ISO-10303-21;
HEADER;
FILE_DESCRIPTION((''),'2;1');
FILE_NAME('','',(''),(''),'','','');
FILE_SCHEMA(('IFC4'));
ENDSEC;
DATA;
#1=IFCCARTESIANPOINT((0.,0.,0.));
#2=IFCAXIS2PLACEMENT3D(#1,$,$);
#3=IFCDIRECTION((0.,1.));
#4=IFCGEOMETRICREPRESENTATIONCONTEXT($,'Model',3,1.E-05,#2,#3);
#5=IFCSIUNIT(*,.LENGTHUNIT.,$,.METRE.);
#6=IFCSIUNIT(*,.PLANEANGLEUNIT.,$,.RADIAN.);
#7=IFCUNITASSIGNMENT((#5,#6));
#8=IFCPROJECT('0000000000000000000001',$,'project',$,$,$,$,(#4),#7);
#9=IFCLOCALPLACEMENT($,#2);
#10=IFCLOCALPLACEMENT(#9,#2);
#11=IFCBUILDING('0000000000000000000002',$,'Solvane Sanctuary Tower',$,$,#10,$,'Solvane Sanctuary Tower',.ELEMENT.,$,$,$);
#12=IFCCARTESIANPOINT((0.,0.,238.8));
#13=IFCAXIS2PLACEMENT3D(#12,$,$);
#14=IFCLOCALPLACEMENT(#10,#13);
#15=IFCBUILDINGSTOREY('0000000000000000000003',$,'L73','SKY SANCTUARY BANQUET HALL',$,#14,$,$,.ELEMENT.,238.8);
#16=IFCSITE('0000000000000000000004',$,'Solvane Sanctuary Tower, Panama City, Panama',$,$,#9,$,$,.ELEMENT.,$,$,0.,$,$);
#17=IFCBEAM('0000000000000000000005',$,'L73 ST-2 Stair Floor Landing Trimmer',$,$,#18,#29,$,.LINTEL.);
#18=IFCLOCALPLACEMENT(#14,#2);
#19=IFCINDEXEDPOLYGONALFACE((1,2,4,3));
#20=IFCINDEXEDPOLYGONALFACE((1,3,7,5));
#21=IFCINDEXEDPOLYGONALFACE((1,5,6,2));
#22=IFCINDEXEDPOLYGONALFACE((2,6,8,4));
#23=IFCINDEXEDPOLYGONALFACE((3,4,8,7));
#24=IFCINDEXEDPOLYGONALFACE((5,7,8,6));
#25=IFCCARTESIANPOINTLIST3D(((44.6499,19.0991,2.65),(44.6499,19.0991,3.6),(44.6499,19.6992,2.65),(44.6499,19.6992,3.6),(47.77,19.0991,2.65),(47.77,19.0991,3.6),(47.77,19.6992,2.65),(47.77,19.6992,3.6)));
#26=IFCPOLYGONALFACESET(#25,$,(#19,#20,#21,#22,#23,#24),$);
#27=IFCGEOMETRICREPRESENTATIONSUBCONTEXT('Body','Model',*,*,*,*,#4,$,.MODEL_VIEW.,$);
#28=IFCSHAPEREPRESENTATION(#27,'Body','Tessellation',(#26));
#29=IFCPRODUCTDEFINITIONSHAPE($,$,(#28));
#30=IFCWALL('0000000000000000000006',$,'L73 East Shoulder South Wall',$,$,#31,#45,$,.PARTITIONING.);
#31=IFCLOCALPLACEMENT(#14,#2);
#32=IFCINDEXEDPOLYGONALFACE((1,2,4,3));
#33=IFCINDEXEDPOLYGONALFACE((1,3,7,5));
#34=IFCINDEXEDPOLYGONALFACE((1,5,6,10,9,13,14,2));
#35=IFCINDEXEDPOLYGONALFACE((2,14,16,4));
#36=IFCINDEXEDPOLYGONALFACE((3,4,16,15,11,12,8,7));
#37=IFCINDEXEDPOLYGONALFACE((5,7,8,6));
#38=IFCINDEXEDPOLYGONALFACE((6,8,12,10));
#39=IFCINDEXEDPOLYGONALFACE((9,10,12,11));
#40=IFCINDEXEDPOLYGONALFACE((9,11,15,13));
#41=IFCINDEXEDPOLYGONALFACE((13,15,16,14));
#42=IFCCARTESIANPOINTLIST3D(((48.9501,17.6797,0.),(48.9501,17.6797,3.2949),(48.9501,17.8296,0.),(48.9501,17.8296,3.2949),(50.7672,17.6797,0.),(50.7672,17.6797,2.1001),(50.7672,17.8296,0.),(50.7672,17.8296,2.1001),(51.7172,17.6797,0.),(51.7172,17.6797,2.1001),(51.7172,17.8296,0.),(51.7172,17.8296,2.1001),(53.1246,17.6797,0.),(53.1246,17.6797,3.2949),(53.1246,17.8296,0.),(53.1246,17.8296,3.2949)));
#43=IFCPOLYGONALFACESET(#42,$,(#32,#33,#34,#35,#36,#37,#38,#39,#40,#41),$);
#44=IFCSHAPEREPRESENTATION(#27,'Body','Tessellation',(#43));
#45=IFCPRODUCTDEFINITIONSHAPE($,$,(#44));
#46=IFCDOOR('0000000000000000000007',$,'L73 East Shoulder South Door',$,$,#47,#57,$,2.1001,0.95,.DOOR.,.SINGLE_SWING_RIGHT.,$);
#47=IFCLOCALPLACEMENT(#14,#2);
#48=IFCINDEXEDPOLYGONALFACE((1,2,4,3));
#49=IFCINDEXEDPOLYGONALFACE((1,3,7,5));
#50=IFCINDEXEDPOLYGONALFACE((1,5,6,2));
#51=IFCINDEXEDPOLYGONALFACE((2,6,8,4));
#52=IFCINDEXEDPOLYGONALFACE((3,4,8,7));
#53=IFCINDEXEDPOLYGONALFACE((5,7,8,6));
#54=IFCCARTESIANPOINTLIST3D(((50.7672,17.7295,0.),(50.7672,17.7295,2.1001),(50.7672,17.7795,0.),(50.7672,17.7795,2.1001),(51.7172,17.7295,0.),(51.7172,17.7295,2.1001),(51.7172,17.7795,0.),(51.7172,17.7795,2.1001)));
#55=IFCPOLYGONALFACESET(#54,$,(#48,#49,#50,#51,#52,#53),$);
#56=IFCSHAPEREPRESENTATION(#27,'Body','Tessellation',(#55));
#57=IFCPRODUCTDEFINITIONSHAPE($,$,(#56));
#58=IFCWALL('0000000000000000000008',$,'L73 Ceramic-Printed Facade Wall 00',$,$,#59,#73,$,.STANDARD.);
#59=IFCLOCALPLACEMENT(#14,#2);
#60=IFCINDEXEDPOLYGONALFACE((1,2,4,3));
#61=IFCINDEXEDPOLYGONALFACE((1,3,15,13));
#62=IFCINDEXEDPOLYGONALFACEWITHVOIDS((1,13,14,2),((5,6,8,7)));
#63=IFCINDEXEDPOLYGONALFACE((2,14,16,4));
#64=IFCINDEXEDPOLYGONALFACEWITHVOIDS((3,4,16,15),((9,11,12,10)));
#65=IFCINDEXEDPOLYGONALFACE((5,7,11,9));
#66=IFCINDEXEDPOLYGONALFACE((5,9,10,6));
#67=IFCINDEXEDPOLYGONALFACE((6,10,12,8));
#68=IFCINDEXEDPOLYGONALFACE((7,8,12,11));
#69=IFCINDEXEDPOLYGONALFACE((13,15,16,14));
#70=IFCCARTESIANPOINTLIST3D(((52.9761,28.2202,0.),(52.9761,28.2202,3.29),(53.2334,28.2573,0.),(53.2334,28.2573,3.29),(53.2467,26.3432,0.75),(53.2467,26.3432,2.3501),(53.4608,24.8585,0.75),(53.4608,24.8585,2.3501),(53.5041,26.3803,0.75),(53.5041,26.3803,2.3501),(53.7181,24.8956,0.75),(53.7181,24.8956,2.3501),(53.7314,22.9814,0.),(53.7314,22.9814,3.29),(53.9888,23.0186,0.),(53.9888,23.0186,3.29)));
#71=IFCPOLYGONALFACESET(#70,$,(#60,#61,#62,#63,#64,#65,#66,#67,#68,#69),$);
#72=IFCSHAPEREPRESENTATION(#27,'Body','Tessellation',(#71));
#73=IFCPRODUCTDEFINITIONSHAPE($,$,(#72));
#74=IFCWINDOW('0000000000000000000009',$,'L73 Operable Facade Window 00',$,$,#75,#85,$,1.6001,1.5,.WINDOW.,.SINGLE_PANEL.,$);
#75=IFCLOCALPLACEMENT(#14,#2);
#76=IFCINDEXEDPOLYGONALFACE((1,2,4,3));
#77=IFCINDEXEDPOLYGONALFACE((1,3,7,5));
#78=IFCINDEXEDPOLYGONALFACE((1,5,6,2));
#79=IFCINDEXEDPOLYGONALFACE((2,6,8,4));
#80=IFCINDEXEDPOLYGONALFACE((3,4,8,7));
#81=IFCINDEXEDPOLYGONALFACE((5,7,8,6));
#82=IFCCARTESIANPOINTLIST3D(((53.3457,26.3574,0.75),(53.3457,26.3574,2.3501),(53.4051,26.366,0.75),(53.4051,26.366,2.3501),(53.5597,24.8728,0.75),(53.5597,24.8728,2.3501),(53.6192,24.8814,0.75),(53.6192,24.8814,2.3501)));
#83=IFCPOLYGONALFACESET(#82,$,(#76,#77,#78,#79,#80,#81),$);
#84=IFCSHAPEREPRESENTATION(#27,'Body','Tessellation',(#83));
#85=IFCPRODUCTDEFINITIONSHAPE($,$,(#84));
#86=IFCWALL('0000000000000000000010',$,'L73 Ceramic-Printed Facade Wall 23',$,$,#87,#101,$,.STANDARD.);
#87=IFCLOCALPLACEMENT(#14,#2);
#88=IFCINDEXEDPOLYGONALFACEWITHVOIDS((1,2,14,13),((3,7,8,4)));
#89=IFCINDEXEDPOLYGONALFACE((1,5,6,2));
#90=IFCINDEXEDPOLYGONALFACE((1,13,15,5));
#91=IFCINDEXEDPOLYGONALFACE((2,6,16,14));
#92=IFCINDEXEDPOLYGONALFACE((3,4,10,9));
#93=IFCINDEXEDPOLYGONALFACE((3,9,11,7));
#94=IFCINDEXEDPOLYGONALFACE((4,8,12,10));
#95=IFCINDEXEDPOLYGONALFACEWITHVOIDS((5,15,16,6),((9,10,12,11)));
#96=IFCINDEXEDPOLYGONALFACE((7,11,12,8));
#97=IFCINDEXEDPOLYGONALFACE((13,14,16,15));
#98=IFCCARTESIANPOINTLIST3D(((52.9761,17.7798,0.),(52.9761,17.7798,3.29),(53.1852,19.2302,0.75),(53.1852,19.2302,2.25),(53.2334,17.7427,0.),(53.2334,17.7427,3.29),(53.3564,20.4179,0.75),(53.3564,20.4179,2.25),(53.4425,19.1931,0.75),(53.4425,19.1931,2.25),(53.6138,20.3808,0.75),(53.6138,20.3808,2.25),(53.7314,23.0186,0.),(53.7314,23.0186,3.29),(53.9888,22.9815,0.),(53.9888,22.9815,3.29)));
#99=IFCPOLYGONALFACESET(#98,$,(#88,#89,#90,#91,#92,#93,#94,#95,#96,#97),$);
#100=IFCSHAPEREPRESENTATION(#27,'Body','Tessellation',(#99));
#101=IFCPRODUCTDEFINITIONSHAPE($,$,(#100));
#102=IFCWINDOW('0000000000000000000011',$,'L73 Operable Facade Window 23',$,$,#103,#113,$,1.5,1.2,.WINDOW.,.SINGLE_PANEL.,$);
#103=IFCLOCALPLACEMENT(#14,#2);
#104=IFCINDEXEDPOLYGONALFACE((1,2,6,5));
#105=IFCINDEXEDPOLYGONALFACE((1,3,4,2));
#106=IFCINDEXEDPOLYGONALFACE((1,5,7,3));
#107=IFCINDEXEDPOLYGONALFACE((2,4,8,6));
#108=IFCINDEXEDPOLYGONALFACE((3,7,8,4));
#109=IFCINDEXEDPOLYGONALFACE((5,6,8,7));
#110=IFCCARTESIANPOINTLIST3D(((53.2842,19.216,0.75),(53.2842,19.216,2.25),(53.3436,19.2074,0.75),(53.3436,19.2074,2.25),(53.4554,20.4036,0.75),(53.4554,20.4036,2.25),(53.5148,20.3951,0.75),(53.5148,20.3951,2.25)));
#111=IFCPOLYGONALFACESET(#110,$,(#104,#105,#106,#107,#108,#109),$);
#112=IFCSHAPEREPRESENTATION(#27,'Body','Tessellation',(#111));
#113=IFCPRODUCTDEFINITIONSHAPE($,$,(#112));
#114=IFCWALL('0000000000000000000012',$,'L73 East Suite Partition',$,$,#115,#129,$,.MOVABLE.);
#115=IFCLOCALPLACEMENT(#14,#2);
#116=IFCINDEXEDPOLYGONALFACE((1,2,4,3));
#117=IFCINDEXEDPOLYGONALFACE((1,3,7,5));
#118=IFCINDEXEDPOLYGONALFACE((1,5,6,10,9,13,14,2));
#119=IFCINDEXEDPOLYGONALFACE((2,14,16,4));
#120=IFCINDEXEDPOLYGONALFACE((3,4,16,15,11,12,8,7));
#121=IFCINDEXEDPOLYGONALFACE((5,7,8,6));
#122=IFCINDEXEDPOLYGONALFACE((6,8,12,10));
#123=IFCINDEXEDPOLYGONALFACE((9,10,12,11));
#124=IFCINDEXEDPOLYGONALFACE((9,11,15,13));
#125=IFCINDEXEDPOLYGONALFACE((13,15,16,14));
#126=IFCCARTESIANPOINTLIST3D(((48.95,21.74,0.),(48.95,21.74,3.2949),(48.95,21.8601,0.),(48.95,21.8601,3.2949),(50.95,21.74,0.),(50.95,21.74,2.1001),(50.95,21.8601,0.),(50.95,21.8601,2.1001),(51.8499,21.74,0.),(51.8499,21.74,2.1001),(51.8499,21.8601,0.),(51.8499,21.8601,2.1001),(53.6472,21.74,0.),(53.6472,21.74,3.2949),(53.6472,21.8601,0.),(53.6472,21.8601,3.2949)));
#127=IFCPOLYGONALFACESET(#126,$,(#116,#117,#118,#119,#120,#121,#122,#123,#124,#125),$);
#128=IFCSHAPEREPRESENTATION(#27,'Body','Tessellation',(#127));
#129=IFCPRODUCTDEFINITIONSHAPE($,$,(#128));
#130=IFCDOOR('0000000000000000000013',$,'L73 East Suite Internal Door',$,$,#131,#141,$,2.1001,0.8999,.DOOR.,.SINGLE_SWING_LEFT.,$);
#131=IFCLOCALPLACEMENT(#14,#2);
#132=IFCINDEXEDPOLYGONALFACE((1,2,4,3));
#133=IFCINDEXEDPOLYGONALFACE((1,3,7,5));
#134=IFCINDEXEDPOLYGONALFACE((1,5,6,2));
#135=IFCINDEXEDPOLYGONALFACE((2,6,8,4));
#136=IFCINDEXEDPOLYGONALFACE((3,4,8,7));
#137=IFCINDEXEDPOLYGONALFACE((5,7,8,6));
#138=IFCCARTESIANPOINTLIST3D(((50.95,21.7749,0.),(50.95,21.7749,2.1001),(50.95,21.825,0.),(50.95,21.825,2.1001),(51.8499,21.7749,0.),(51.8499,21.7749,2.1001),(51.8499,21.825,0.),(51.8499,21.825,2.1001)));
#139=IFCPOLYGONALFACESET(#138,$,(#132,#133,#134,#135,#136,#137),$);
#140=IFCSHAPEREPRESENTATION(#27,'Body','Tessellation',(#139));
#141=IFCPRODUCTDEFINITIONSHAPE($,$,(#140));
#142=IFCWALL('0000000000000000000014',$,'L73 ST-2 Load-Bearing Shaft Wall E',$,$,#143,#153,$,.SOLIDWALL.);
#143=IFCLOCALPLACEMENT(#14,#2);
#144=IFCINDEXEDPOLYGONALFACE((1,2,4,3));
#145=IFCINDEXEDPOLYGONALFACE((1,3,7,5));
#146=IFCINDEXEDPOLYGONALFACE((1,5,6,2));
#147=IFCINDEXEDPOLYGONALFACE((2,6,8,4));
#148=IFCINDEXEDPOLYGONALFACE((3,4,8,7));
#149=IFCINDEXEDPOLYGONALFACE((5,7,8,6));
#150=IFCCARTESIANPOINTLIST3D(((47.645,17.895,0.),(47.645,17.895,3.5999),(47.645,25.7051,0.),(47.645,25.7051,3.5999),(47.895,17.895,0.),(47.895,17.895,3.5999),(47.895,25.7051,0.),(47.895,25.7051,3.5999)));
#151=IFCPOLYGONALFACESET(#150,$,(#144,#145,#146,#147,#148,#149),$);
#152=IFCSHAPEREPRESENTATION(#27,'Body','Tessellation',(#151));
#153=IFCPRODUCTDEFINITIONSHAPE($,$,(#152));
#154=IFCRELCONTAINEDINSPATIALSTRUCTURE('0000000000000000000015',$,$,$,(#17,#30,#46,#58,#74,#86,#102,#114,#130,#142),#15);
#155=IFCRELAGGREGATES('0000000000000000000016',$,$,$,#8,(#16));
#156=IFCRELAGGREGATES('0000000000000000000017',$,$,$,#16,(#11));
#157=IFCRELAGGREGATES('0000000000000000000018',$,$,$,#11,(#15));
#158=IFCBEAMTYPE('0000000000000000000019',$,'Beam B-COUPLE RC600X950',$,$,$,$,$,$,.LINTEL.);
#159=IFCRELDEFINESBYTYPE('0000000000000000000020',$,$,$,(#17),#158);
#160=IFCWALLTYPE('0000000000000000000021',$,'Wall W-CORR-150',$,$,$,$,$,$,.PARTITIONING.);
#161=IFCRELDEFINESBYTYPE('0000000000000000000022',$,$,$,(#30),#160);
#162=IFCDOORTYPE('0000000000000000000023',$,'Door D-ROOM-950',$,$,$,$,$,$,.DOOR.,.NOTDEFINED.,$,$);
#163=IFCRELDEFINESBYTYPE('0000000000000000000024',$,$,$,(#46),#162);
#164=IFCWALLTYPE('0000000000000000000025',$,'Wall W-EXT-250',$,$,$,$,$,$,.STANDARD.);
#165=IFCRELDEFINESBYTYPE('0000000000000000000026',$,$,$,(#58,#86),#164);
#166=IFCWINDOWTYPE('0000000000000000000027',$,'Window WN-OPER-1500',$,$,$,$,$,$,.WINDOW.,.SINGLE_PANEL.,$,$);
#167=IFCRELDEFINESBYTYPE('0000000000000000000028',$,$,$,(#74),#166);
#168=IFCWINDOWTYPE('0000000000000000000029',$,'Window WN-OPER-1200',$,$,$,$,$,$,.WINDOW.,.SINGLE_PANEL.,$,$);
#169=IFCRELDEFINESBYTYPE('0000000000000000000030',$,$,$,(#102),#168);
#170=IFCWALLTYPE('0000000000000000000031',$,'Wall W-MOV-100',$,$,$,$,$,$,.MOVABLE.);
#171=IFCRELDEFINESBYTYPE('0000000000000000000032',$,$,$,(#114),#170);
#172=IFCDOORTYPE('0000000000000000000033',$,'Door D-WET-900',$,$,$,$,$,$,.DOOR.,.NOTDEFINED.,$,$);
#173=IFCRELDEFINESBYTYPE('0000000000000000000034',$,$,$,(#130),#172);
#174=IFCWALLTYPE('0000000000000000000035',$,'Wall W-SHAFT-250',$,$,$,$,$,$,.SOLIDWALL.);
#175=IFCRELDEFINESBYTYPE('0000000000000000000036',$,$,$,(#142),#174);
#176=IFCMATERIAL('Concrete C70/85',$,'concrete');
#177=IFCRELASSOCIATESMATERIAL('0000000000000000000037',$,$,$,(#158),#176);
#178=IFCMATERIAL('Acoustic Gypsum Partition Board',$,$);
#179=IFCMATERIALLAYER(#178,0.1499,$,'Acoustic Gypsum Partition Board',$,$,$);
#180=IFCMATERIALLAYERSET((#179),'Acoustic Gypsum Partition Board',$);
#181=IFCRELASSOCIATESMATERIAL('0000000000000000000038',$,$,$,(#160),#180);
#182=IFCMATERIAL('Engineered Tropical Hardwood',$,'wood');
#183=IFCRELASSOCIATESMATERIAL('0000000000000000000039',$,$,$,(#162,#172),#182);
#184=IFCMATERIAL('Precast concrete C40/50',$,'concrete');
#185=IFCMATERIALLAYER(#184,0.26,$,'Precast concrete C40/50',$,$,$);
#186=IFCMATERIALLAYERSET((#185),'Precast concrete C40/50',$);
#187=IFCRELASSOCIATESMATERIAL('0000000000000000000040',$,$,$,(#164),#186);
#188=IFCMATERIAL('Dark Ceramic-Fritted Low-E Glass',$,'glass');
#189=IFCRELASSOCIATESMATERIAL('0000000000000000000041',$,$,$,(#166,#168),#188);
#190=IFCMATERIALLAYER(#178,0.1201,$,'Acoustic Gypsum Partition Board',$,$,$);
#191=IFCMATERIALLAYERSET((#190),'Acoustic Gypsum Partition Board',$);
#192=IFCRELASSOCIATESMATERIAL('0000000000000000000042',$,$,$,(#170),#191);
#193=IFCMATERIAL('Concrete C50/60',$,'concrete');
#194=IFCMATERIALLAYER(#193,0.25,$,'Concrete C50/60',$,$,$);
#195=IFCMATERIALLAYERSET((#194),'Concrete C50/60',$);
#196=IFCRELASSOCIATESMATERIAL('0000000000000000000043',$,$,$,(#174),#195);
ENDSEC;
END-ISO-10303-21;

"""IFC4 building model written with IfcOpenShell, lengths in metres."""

from ifc_helpers import new_model, si_unit, direction, frame, frame_2d, origin, origin_2d, place, context, subcontext, project, spatial, rectangle, extrude, material, layer, layer_set, material_profile, profile_set, type_object, element, fill, save


model = new_model("IFC4")

# Units and contexts
model_context = context("Model", 3, precision=1e-05, world=origin(), true_north=direction((0.0, 1.0)))
body_context = subcontext(model_context, "Body", "Model", "MODEL_VIEW")
ifc_project = project(units=[si_unit("LENGTHUNIT", "METRE"), si_unit("PLANEANGLEUNIT", "RADIAN")], contexts=[model_context])

# Site, building, storey
site_placement = place(None, origin())
site = spatial("IfcSite", under=ifc_project, at=site_placement, Name="Solvane Sanctuary Tower, Panama City, Panama", CompositionType="ELEMENT", RefElevation=0.0)
building_placement = place(site_placement, origin())
building = spatial("IfcBuilding", under=site, at=building_placement, Name="Solvane Sanctuary Tower", LongName="Solvane Sanctuary Tower", CompositionType="ELEMENT")
storey_placement = place(building_placement, frame((0.0, 0.0, 238.8)))
storey = spatial("IfcBuildingStorey", under=building, at=storey_placement, Name="L73", Description="SKY SANCTUARY BANQUET HALL", CompositionType="ELEMENT", Elevation=238.8)

# Beam
ifc_material_1 = material(Name="Concrete C70/85", Category="concrete")
ifc_material_profile = material_profile(ifc_material_1, rectangle(XDim=0.6001, YDim=0.95, at=origin_2d()), Name="RC600X950")
ifc_profile_set = profile_set([ifc_material_profile], Name="Concrete C70/85")
beam_type = type_object("IfcBeamType", Name="Beam B-COUPLE RC600X950", PredefinedType="LINTEL", material=ifc_profile_set)
beam_placement = place(storey_placement, frame((44.6499, 19.3992, 3.125), z_axis=(1.0, 0.0, 0.0), x_axis=(0.0, 1.0, 0.0)))
element("IfcBeam", 1, at=beam_placement, inside=storey, type_object=beam_type, Name="L73 ST-2 Stair Floor Landing Trimmer", PredefinedType="LINTEL", context=body_context, shape_type="SweptSolid", body=[
    extrude(rectangle(XDim=0.6001, YDim=0.95, at=origin_2d()), origin(), (0.0, 0.0, 1.0), 3.1201),
])

# Wall, opening, door
ifc_material_2 = material(Name="Acoustic Gypsum Partition Board")
ifc_layer_1 = layer(ifc_material_2, 0.1499, Name="Acoustic Gypsum Partition Board")
ifc_layer_set_1 = layer_set([ifc_layer_1], Name="Acoustic Gypsum Partition Board")
wall_type_1 = type_object("IfcWallType", Name="Wall W-CORR-150", PredefinedType="PARTITIONING", material=ifc_layer_set_1)
wall_1_placement = place(storey_placement, frame((48.95, 17.7546, 0.0), z_axis=(0.0, 0.0, 1.0), x_axis=(1.0, 0.0, 0.0)))
wall_1 = element("IfcWall", 2, at=wall_1_placement, inside=storey, type_object=wall_type_1, Name="L73 East Shoulder South Wall", PredefinedType="PARTITIONING", context=body_context, shape_type="SweptSolid", body=[
    extrude(rectangle(XDim=4.1746, YDim=0.1499, at=frame_2d((2.0874, 0.0))), origin(), (0.0, 0.0, 1.0), 3.2949),
])
opening_1_placement = place(wall_1_placement, frame((1.8171, 0.0, 0.0)))
opening_1 = element("IfcOpeningElement", 3, at=opening_1_placement, cuts=wall_1, PredefinedType="OPENING", context=body_context, shape_type="SweptSolid", body=[
    extrude(rectangle(XDim=0.95, YDim=2.1001, at=frame_2d((0.4751, 1.05))), frame((0.0, 0.085, 0.0), z_axis=(0.0, -1.0, 0.0), x_axis=(1.0, 0.0, 0.0)), (0.0, 0.0, 1.0), 0.1699),
])
ifc_material_3 = material(Name="Engineered Tropical Hardwood", Category="wood")
door_type_1 = type_object("IfcDoorType", Name="Door D-ROOM-950", OperationType="NOTDEFINED", PredefinedType="DOOR", material=ifc_material_3)
door_1_placement = place(opening_1_placement, origin())
door_1 = element("IfcDoor", 4, at=door_1_placement, inside=storey, type_object=door_type_1, Name="L73 East Shoulder South Door", OperationType="SINGLE_SWING_RIGHT", OverallHeight=2.1001, OverallWidth=0.95, PredefinedType="DOOR", context=body_context, shape_type="SweptSolid", body=[
    extrude(rectangle(XDim=0.95, YDim=2.1001, at=frame_2d((0.4751, 1.05))), frame((0.0, 0.0249, 0.0), z_axis=(0.0, -1.0, 0.0), x_axis=(1.0, 0.0, 0.0)), (0.0, 0.0, 1.0), 0.05),
])
fill(opening_1, door_1)

# Walls, openings, windows
ifc_material_4 = material(Name="Precast concrete C40/50", Category="concrete")
ifc_layer_2 = layer(ifc_material_4, 0.26, Name="Precast concrete C40/50")
ifc_layer_set_2 = layer_set([ifc_layer_2], Name="Precast concrete C40/50")
wall_type_2 = type_object("IfcWallType", Name="Wall W-EXT-250", PredefinedType="STANDARD", material=ifc_layer_set_2)
wall_2_placement = place(storey_placement, frame((53.8601, 23.0, 0.0), z_axis=(0.0, 0.0, 1.0), x_axis=(-0.142713, 0.989764, 0.0)))
wall_2 = element("IfcWall", 5, at=wall_2_placement, inside=storey, type_object=wall_type_2, Name="L73 Ceramic-Printed Facade Wall 00", PredefinedType="STANDARD", context=body_context, shape_type="SweptSolid", body=[
    extrude(rectangle(XDim=5.293, YDim=0.26, at=frame_2d((2.6465, 0.0))), origin(), (0.0, 0.0, 1.0), 3.29),
])
opening_2_placement = place(wall_2_placement, frame((1.8965, 0.0, 0.75)))
opening_2 = element("IfcOpeningElement", 6, at=opening_2_placement, cuts=wall_2, PredefinedType="OPENING", context=body_context, shape_type="SweptSolid", body=[
    extrude(rectangle(XDim=1.5, YDim=1.6001, at=frame_2d((0.75, 0.8))), frame((0.0, 0.1399, 0.0), z_axis=(0.0, -1.0, 0.0), x_axis=(1.0, 0.0, 0.0)), (0.0, 0.0, 1.0), 0.28),
])
ifc_material_5 = material(Name="Dark Ceramic-Fritted Low-E Glass", Category="glass")
window_type_1 = type_object("IfcWindowType", Name="Window WN-OPER-1500", PartitioningType="SINGLE_PANEL", PredefinedType="WINDOW", material=ifc_material_5)
window_1_placement = place(opening_2_placement, origin())
window_1 = element("IfcWindow", 7, at=window_1_placement, inside=storey, type_object=window_type_1, Name="L73 Operable Facade Window 00", OverallHeight=1.6001, OverallWidth=1.5, PartitioningType="SINGLE_PANEL", PredefinedType="WINDOW", context=body_context, shape_type="SweptSolid", body=[
    extrude(rectangle(XDim=1.5, YDim=1.6001, at=frame_2d((0.75, 0.8))), frame((0.0, 0.03, 0.0), z_axis=(0.0, -1.0, 0.0), x_axis=(1.0, 0.0, 0.0)), (0.0, 0.0, 1.0), 0.0601),
])
fill(opening_2, window_1)
wall_3_placement = place(storey_placement, frame((53.1047, 17.7612, 0.0), z_axis=(0.0, 0.0, 1.0), x_axis=(0.142713, 0.989764, 0.0)))
wall_3 = element("IfcWall", 8, at=wall_3_placement, inside=storey, type_object=wall_type_2, Name="L73 Ceramic-Printed Facade Wall 23", PredefinedType="STANDARD", context=body_context, shape_type="SweptSolid", body=[
    extrude(rectangle(XDim=5.293, YDim=0.26, at=frame_2d((2.6465, 0.0))), origin(), (0.0, 0.0, 1.0), 3.29),
])
opening_3_placement = place(wall_3_placement, frame((1.4653, 0.0, 0.75)))
opening_3 = element("IfcOpeningElement", 9, at=opening_3_placement, cuts=wall_3, PredefinedType="OPENING", context=body_context, shape_type="SweptSolid", body=[
    extrude(rectangle(XDim=1.2, YDim=1.5, at=frame_2d((0.6001, 0.75))), frame((0.0, 0.1399, 0.0), z_axis=(0.0, -1.0, 0.0), x_axis=(1.0, 0.0, 0.0)), (0.0, 0.0, 1.0), 0.28),
])
window_type_2 = type_object("IfcWindowType", Name="Window WN-OPER-1200", PartitioningType="SINGLE_PANEL", PredefinedType="WINDOW", material=ifc_material_5)
window_2_placement = place(opening_3_placement, origin())
window_2 = element("IfcWindow", 10, at=window_2_placement, inside=storey, type_object=window_type_2, Name="L73 Operable Facade Window 23", OverallHeight=1.5, OverallWidth=1.2, PartitioningType="SINGLE_PANEL", PredefinedType="WINDOW", context=body_context, shape_type="SweptSolid", body=[
    extrude(rectangle(XDim=1.2, YDim=1.5, at=frame_2d((0.6001, 0.75))), frame((0.0, 0.03, 0.0), z_axis=(0.0, -1.0, 0.0), x_axis=(1.0, 0.0, 0.0)), (0.0, 0.0, 1.0), 0.0601),
])
fill(opening_3, window_2)

# Wall, opening, door
ifc_layer_3 = layer(ifc_material_2, 0.1201, Name="Acoustic Gypsum Partition Board")
ifc_layer_set_3 = layer_set([ifc_layer_3], Name="Acoustic Gypsum Partition Board")
wall_type_3 = type_object("IfcWallType", Name="Wall W-MOV-100", PredefinedType="MOVABLE", material=ifc_layer_set_3)
wall_4_placement = place(storey_placement, frame((48.95, 21.8, 0.0), z_axis=(0.0, 0.0, 1.0), x_axis=(1.0, 0.0, 0.0)))
wall_4 = element("IfcWall", 11, at=wall_4_placement, inside=storey, type_object=wall_type_3, Name="L73 East Suite Partition", PredefinedType="MOVABLE", context=body_context, shape_type="SweptSolid", body=[
    extrude(rectangle(XDim=4.6973, YDim=0.1201, at=frame_2d((2.3486, 0.0))), origin(), (0.0, 0.0, 1.0), 3.2949),
])
opening_4_placement = place(wall_4_placement, frame((2.0, 0.0, 0.0)))
opening_4 = element("IfcOpeningElement", 12, at=opening_4_placement, cuts=wall_4, PredefinedType="OPENING", context=body_context, shape_type="SweptSolid", body=[
    extrude(rectangle(XDim=0.8999, YDim=2.1001, at=frame_2d((0.45, 1.05))), frame((0.0, 0.0701, 0.0), z_axis=(0.0, -1.0, 0.0), x_axis=(1.0, 0.0, 0.0)), (0.0, 0.0, 1.0), 0.1401),
])
door_type_2 = type_object("IfcDoorType", Name="Door D-WET-900", OperationType="NOTDEFINED", PredefinedType="DOOR", material=ifc_material_3)
door_2_placement = place(opening_4_placement, origin())
door_2 = element("IfcDoor", 13, at=door_2_placement, inside=storey, type_object=door_type_2, Name="L73 East Suite Internal Door", OperationType="SINGLE_SWING_LEFT", OverallHeight=2.1001, OverallWidth=0.8999, PredefinedType="DOOR", context=body_context, shape_type="SweptSolid", body=[
    extrude(rectangle(XDim=0.8999, YDim=2.1001, at=frame_2d((0.45, 1.05))), frame((0.0, 0.0249, 0.0), z_axis=(0.0, -1.0, 0.0), x_axis=(1.0, 0.0, 0.0)), (0.0, 0.0, 1.0), 0.05),
])
fill(opening_4, door_2)

# Wall
ifc_material_6 = material(Name="Concrete C50/60", Category="concrete")
ifc_layer_4 = layer(ifc_material_6, 0.25, Name="Concrete C50/60")
ifc_layer_set_4 = layer_set([ifc_layer_4], Name="Concrete C50/60")
wall_type_4 = type_object("IfcWallType", Name="Wall W-SHAFT-250", PredefinedType="SOLIDWALL", material=ifc_layer_set_4)
wall_5_placement = place(storey_placement, frame((47.77, 17.895, 0.0), z_axis=(0.0, 0.0, 1.0), x_axis=(0.0, 1.0, 0.0)))
element("IfcWall", 14, at=wall_5_placement, inside=storey, type_object=wall_type_4, Name="L73 ST-2 Load-Bearing Shaft Wall E", PredefinedType="SOLIDWALL", context=body_context, shape_type="SweptSolid", body=[
    extrude(rectangle(XDim=7.8101, YDim=0.25, at=frame_2d((3.905, 0.0))), origin(), (0.0, 0.0, 1.0), 3.5999),
])

save(model, "model.ifc")
